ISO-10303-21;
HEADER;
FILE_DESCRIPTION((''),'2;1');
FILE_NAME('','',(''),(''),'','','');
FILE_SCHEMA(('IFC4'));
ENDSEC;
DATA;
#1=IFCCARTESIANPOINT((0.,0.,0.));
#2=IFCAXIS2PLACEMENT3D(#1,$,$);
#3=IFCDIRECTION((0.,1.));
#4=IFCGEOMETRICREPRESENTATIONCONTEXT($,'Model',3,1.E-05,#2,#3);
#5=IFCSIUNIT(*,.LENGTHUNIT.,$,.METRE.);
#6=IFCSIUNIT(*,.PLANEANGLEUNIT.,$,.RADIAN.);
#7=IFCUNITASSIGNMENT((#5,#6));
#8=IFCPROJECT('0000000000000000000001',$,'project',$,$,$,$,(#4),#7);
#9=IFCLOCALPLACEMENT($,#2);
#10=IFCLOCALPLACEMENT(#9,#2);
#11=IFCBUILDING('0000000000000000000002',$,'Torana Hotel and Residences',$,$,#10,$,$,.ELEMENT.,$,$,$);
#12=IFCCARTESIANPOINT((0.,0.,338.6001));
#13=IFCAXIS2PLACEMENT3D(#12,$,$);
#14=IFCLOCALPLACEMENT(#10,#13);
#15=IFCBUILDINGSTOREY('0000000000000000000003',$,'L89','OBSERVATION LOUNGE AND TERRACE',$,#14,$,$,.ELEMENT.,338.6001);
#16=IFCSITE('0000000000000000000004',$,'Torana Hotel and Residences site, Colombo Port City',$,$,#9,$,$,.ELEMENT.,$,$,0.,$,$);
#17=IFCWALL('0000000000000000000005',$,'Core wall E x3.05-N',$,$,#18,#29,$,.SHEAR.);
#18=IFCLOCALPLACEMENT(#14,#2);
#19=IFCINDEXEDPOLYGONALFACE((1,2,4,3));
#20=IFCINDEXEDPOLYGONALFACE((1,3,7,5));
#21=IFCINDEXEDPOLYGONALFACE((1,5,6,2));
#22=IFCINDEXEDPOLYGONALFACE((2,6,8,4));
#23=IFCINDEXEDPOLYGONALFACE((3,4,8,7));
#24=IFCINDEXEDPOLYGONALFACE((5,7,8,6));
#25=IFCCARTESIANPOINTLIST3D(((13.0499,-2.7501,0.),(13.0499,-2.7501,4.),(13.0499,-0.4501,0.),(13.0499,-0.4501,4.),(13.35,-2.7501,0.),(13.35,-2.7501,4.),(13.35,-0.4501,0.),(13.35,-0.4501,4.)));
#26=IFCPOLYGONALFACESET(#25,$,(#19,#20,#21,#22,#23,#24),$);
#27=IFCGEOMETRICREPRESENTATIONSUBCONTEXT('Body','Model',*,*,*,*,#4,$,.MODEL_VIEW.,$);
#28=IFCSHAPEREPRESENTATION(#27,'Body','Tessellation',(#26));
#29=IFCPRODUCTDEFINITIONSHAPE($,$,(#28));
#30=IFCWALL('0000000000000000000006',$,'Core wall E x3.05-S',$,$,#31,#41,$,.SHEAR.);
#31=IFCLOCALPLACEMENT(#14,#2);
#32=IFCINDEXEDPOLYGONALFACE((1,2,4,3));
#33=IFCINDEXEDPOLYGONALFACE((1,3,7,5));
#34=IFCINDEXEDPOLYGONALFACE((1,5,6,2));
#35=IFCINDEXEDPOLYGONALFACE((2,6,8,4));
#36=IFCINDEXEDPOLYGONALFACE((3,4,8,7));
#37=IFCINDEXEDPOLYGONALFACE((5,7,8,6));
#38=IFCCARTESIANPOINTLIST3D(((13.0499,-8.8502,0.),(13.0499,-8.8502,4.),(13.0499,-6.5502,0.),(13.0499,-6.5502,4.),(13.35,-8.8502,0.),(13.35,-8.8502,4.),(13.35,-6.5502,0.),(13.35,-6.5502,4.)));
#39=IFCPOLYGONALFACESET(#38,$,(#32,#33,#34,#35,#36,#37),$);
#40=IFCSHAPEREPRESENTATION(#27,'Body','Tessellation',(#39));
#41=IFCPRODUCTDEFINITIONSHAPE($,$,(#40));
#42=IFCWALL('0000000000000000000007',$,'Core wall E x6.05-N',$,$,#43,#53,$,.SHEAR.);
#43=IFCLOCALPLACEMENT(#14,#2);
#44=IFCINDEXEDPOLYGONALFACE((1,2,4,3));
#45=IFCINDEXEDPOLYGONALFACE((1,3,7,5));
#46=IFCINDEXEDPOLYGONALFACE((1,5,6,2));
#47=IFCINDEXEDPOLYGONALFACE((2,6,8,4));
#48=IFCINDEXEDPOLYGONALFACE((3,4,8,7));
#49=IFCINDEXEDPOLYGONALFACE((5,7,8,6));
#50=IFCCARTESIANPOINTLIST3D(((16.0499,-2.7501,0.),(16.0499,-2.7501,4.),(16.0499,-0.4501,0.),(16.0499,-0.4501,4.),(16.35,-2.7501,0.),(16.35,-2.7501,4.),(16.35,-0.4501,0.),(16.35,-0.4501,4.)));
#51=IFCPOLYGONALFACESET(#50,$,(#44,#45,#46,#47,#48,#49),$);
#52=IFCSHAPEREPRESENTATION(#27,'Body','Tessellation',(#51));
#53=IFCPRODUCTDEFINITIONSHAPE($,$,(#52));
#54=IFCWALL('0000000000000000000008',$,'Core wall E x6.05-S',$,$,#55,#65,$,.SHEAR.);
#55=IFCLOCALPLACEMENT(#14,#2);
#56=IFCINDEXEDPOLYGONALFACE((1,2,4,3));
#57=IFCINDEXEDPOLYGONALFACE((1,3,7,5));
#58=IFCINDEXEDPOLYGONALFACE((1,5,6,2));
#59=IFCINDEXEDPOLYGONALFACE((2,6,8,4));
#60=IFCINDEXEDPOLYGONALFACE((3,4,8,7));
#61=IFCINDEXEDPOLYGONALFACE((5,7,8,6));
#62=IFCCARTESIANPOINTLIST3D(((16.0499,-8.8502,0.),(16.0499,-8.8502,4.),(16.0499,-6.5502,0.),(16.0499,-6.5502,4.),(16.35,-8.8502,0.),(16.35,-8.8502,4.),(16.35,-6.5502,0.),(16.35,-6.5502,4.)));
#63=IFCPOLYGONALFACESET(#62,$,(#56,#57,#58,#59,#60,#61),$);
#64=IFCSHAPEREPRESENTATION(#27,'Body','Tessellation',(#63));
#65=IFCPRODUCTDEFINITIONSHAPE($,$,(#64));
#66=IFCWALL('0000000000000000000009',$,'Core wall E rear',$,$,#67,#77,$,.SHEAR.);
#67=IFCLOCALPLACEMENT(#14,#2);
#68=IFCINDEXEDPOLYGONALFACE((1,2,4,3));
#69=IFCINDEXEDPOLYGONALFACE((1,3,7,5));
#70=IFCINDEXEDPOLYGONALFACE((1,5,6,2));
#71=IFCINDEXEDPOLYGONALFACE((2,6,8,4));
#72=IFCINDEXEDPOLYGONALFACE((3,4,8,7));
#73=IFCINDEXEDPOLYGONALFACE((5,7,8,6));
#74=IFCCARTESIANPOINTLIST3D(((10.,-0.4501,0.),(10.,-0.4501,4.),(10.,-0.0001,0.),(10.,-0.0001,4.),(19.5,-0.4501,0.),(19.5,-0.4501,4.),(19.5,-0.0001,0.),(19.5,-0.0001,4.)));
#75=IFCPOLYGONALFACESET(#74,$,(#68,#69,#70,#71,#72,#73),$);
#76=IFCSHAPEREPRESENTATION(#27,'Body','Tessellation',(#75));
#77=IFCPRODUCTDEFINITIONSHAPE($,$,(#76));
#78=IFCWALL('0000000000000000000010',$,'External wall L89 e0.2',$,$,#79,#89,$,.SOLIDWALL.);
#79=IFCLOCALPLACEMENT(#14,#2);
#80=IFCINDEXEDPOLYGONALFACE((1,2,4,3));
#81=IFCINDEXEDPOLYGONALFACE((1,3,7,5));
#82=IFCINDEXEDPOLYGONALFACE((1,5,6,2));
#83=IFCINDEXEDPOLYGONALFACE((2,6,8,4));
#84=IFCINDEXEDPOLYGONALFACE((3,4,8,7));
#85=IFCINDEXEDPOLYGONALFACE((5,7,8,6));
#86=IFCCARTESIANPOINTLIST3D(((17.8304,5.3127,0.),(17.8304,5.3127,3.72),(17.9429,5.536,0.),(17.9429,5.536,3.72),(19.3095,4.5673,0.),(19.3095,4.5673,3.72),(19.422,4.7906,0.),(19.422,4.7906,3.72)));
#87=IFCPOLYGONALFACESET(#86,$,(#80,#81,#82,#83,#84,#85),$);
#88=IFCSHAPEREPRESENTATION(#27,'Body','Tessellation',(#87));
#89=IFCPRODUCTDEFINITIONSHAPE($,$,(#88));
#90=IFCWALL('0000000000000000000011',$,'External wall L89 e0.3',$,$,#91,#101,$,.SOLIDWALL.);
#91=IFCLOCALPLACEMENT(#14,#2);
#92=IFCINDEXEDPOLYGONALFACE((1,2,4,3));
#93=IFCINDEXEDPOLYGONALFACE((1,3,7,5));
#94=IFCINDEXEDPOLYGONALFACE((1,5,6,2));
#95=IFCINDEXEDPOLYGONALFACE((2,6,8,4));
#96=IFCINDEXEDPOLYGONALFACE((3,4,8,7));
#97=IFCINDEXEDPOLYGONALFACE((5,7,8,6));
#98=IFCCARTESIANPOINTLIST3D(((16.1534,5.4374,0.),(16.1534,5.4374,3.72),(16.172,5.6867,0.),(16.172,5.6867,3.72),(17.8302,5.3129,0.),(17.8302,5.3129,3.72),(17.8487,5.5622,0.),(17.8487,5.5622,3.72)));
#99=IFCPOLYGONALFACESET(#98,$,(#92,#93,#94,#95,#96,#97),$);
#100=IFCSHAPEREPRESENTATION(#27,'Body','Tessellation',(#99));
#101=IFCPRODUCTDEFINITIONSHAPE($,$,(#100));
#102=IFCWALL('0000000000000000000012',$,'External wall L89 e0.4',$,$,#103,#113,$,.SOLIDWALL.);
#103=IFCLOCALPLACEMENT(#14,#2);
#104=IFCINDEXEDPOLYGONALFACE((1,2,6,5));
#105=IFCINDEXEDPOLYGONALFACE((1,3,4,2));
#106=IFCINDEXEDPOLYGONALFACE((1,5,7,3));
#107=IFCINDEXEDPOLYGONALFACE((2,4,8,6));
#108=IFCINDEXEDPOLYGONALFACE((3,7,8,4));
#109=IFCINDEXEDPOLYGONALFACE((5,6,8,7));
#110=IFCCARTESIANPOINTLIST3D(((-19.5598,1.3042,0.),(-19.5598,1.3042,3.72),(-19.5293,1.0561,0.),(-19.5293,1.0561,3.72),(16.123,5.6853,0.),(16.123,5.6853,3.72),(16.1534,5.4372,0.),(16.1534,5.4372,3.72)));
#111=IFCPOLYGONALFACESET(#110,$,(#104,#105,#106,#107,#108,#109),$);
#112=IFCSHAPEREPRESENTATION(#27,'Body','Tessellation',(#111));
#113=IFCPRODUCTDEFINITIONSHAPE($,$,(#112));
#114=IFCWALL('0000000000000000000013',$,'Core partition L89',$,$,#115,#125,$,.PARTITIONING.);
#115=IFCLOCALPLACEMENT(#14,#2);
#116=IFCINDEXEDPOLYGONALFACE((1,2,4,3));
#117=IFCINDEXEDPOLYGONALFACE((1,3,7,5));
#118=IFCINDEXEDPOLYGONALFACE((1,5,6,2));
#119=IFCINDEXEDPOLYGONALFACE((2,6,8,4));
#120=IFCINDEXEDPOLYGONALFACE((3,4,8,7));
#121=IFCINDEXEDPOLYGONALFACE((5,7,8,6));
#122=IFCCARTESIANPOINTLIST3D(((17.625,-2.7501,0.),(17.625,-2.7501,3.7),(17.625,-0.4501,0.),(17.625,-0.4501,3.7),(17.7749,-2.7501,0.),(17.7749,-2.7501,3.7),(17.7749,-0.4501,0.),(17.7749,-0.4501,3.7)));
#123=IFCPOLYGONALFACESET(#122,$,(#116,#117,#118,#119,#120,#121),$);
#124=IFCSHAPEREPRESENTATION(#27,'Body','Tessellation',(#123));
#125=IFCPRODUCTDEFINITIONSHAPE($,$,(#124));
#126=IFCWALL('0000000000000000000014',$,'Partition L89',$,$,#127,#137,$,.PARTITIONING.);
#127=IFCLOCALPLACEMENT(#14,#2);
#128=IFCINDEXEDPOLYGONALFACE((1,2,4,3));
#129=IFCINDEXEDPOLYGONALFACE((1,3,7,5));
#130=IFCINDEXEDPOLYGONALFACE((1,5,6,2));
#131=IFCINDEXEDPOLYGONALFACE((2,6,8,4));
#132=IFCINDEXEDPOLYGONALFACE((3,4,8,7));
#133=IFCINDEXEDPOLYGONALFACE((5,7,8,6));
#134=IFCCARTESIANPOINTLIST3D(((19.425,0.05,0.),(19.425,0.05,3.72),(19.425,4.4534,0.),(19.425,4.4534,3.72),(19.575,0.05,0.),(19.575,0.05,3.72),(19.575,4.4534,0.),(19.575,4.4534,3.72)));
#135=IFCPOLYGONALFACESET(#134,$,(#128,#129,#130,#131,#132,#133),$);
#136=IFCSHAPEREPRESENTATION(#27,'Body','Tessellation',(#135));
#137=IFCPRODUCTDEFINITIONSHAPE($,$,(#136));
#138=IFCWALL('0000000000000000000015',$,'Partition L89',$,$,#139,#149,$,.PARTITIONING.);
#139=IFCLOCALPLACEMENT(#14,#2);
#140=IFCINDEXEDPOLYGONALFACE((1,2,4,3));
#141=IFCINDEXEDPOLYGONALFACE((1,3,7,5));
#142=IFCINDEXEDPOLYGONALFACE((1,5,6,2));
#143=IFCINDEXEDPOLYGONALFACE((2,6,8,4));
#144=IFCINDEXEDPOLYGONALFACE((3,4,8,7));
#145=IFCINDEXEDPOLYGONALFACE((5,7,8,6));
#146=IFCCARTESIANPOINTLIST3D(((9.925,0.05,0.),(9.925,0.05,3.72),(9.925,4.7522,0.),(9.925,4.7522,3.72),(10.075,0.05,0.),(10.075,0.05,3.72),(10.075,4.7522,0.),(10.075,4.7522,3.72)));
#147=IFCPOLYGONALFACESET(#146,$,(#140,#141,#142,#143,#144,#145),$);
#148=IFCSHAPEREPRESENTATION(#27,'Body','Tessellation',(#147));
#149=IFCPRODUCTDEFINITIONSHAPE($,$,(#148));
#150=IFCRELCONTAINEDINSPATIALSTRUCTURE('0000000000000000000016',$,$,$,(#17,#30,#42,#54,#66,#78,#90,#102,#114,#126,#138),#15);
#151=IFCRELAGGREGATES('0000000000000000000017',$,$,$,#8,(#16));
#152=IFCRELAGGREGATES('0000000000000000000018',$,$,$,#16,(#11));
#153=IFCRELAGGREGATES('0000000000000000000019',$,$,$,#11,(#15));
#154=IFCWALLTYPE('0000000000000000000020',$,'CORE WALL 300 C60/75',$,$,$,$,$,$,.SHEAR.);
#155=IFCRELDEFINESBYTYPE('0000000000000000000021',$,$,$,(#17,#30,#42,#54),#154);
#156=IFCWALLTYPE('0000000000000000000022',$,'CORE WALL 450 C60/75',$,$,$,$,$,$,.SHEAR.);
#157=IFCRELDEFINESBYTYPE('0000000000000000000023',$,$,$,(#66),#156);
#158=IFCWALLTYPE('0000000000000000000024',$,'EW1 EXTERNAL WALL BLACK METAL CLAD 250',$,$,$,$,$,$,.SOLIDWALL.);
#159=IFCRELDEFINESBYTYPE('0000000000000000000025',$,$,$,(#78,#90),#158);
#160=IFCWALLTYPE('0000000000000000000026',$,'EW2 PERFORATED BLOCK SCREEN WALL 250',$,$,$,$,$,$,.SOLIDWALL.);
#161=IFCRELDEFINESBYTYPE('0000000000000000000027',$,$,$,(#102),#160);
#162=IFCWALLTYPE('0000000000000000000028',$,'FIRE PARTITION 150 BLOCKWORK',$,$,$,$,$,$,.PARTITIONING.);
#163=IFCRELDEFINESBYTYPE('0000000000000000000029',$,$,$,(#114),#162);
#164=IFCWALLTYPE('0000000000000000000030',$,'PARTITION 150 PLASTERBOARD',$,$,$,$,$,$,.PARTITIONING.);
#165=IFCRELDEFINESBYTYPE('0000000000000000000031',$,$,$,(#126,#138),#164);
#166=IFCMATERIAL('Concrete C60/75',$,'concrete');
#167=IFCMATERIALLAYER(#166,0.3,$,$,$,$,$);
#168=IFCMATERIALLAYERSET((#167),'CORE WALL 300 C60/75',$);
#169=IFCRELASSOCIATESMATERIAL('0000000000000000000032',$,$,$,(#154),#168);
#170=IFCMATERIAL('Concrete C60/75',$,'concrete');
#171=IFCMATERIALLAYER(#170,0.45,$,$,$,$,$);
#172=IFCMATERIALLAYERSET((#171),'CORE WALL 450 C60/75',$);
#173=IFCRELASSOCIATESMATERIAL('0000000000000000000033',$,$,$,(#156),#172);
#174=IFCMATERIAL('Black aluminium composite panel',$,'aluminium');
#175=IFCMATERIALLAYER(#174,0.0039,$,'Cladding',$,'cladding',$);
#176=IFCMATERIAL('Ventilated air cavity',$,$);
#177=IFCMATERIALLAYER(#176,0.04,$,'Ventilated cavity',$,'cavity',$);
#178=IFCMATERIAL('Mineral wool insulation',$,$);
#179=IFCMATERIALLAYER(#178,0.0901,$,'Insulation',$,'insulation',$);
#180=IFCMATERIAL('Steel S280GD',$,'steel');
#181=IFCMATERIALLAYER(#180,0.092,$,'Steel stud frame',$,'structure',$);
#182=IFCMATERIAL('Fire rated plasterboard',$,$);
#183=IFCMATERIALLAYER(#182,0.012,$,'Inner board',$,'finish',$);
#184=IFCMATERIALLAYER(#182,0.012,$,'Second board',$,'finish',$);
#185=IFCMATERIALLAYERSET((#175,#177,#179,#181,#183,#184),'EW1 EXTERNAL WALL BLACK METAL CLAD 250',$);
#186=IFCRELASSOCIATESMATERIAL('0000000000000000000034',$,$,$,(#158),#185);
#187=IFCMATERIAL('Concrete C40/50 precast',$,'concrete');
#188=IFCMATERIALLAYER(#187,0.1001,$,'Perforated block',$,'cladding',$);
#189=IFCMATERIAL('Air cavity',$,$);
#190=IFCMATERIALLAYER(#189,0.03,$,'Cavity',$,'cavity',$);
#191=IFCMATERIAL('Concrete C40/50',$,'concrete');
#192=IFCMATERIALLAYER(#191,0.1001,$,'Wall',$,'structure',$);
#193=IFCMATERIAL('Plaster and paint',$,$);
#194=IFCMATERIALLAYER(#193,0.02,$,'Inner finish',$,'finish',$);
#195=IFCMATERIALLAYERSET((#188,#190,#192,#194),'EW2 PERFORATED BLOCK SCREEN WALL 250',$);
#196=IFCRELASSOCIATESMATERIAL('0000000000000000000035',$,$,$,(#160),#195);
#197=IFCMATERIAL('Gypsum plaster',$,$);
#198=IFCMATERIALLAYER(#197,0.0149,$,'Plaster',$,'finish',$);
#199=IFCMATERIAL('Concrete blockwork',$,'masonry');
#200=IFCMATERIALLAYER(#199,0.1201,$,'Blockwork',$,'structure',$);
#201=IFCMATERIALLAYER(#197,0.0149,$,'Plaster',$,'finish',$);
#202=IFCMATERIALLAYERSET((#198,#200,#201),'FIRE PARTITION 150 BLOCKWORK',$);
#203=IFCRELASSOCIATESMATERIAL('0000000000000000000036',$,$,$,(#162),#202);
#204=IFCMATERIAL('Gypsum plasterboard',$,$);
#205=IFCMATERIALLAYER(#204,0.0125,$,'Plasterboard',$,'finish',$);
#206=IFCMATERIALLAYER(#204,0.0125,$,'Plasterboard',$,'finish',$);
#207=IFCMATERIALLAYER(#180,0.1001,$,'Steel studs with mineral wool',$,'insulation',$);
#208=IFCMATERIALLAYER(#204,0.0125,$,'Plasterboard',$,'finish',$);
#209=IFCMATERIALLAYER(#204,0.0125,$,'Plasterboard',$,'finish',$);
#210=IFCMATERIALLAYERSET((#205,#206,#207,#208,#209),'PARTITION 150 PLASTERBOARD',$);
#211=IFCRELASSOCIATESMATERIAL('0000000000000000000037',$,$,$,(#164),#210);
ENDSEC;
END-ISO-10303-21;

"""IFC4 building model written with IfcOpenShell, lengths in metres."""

from ifc_helpers import new_model, si_unit, direction, frame, frame_2d, origin, place, context, subcontext, project, spatial, rectangle, extrude, material, layer, layer_set, type_object, element, save


model = new_model("IFC4")

# Units and contexts
model_context = context("Model", 3, precision=1e-05, world=origin(), true_north=direction((0.0, 1.0)))
body_context = subcontext(model_context, "Body", "Model", "MODEL_VIEW")
ifc_project = project(units=[si_unit("LENGTHUNIT", "METRE"), si_unit("PLANEANGLEUNIT", "RADIAN")], contexts=[model_context])

# Site, building, storey
site_placement = place(None, origin())
site = spatial("IfcSite", under=ifc_project, at=site_placement, Name="Torana Hotel and Residences site, Colombo Port City", CompositionType="ELEMENT", RefElevation=0.0)
building_placement = place(site_placement, origin())
building = spatial("IfcBuilding", under=site, at=building_placement, Name="Torana Hotel and Residences", CompositionType="ELEMENT")
storey_placement = place(building_placement, frame((0.0, 0.0, 338.6001)))
storey = spatial("IfcBuildingStorey", under=building, at=storey_placement, Name="L89", Description="OBSERVATION LOUNGE AND TERRACE", CompositionType="ELEMENT", Elevation=338.6001)

# Shared definitions
ifc_material_1 = material(Name="Concrete C60/75", Category="concrete")
ifc_layer_1 = layer(ifc_material_1, 0.3)
ifc_layer_set_1 = layer_set([ifc_layer_1], Name="CORE WALL 300 C60/75")
wall_type_1 = type_object("IfcWallType", Name="CORE WALL 300 C60/75", PredefinedType="SHEAR", material=ifc_layer_set_1)

# Walls
for number, where, z_axis, x_axis, name in (
    (1, (13.2, -2.75, 0.0), (0.0, 0.0, 1.0), (0.0, 1.0, 0.0), "Core wall E x3.05-N"),
    (2, (13.2, -8.8501, 0.0), (0.0, 0.0, 1.0), (0.0, 1.0, 0.0), "Core wall E x3.05-S"),
    (3, (16.2, -2.75, 0.0), (0.0, 0.0, 1.0), (0.0, 1.0, 0.0), "Core wall E x6.05-N"),
    (4, (16.2, -8.8501, 0.0), (0.0, 0.0, 1.0), (0.0, 1.0, 0.0), "Core wall E x6.05-S"),
):
    element("IfcWall", number, at=place(storey_placement, frame(where, z_axis=z_axis, x_axis=x_axis)), inside=storey, type_object=wall_type_1, Name=name, PredefinedType="SHEAR", context=body_context, shape_type="SweptSolid", body=[
        extrude(rectangle(XDim=2.3, YDim=0.3, at=frame_2d((1.1499, 0.0))), origin(), (0.0, 0.0, 1.0), 4.0),
    ])
ifc_material_2 = material(Name="Concrete C60/75", Category="concrete")
ifc_layer_2 = layer(ifc_material_2, 0.45)
ifc_layer_set_2 = layer_set([ifc_layer_2], Name="CORE WALL 450 C60/75")
wall_type_2 = type_object("IfcWallType", Name="CORE WALL 450 C60/75", PredefinedType="SHEAR", material=ifc_layer_set_2)
wall_1_placement = place(storey_placement, frame((10.0, -0.2251, 0.0), z_axis=(0.0, 0.0, 1.0), x_axis=(1.0, 0.0, 0.0)))
element("IfcWall", 5, at=wall_1_placement, inside=storey, type_object=wall_type_2, Name="Core wall E rear", PredefinedType="SHEAR", context=body_context, shape_type="SweptSolid", body=[
    extrude(rectangle(XDim=9.5, YDim=0.45, at=frame_2d((4.75, 0.0))), origin(), (0.0, 0.0, 1.0), 4.0),
])
ifc_material_3 = material(Name="Black aluminium composite panel", Category="aluminium")
ifc_layer_3 = layer(ifc_material_3, 0.0039, Name="Cladding", Category="cladding")
ifc_material_4 = material(Name="Ventilated air cavity")
ifc_layer_4 = layer(ifc_material_4, 0.04, Name="Ventilated cavity", Category="cavity")
ifc_material_5 = material(Name="Mineral wool insulation")
ifc_layer_5 = layer(ifc_material_5, 0.0901, Name="Insulation", Category="insulation")
ifc_material_6 = material(Name="Steel S280GD", Category="steel")
ifc_layer_6 = layer(ifc_material_6, 0.092, Name="Steel stud frame", Category="structure")
ifc_material_7 = material(Name="Fire rated plasterboard")
ifc_layer_7 = layer(ifc_material_7, 0.012, Name="Inner board", Category="finish")
ifc_layer_8 = layer(ifc_material_7, 0.012, Name="Second board", Category="finish")
ifc_layer_set_3 = layer_set([ifc_layer_3, ifc_layer_4, ifc_layer_5, ifc_layer_6, ifc_layer_7, ifc_layer_8], Name="EW1 EXTERNAL WALL BLACK METAL CLAD 250")
wall_type_3 = type_object("IfcWallType", Name="EW1 EXTERNAL WALL BLACK METAL CLAD 250", PredefinedType="SOLIDWALL", material=ifc_layer_set_3)
wall_2_placement = place(storey_placement, frame((19.3657, 4.679, 0.0), z_axis=(0.0, 0.0, 1.0), x_axis=(-0.893008, 0.450042, 0.0)))
element("IfcWall", 6, at=wall_2_placement, inside=storey, type_object=wall_type_3, Name="External wall L89 e0.2", PredefinedType="SOLIDWALL", context=body_context, shape_type="SweptSolid", body=[
    extrude(rectangle(XDim=1.6562, YDim=0.25, at=frame_2d((0.8281, 0.0))), origin(), (0.0, 0.0, 1.0), 3.72),
])
wall_3_placement = place(storey_placement, frame((17.8396, 5.4375, 0.0), z_axis=(0.0, 0.0, 1.0), x_axis=(-0.997254, 0.074054, 0.0)))
element("IfcWall", 7, at=wall_3_placement, inside=storey, type_object=wall_type_3, Name="External wall L89 e0.3", PredefinedType="SOLIDWALL", context=body_context, shape_type="SweptSolid", body=[
    extrude(rectangle(XDim=1.6814, YDim=0.25, at=frame_2d((0.8408, 0.0))), origin(), (0.0, 0.0, 1.0), 3.72),
])
ifc_material_8 = material(Name="Concrete C40/50 precast", Category="concrete")
ifc_layer_9 = layer(ifc_material_8, 0.1001, Name="Perforated block", Category="cladding")
ifc_material_9 = material(Name="Air cavity")
ifc_layer_10 = layer(ifc_material_9, 0.03, Name="Cavity", Category="cavity")
ifc_material_10 = material(Name="Concrete C40/50", Category="concrete")
ifc_layer_11 = layer(ifc_material_10, 0.1001, Name="Wall", Category="structure")
ifc_material_11 = material(Name="Plaster and paint")
ifc_layer_12 = layer(ifc_material_11, 0.02, Name="Inner finish", Category="finish")
ifc_layer_set_4 = layer_set([ifc_layer_9, ifc_layer_10, ifc_layer_11, ifc_layer_12], Name="EW2 PERFORATED BLOCK SCREEN WALL 250")
wall_type_4 = type_object("IfcWallType", Name="EW2 PERFORATED BLOCK SCREEN WALL 250", PredefinedType="SOLIDWALL", material=ifc_layer_set_4)
wall_4_placement = place(storey_placement, frame((16.1382, 5.5613, 0.0), z_axis=(0.0, 0.0, 1.0), x_axis=(-0.992547, -0.121865, 0.0)))
element("IfcWall", 8, at=wall_4_placement, inside=storey, type_object=wall_type_4, Name="External wall L89 e0.4", PredefinedType="SOLIDWALL", context=body_context, shape_type="SweptSolid", body=[
    extrude(rectangle(XDim=35.9507, YDim=0.25, at=frame_2d((17.9753, 0.0))), origin(), (0.0, 0.0, 1.0), 3.72),
])
ifc_material_12 = material(Name="Gypsum plaster")
ifc_layer_13 = layer(ifc_material_12, 0.0149, Name="Plaster", Category="finish")
ifc_material_13 = material(Name="Concrete blockwork", Category="masonry")
ifc_layer_14 = layer(ifc_material_13, 0.1201, Name="Blockwork", Category="structure")
ifc_layer_15 = layer(ifc_material_12, 0.0149, Name="Plaster", Category="finish")
ifc_layer_set_5 = layer_set([ifc_layer_13, ifc_layer_14, ifc_layer_15], Name="FIRE PARTITION 150 BLOCKWORK")
wall_type_5 = type_object("IfcWallType", Name="FIRE PARTITION 150 BLOCKWORK", PredefinedType="PARTITIONING", material=ifc_layer_set_5)
wall_5_placement = place(storey_placement, frame((17.7, -2.75, 0.0), z_axis=(0.0, 0.0, 1.0), x_axis=(0.0, 1.0, 0.0)))
element("IfcWall", 9, at=wall_5_placement, inside=storey, type_object=wall_type_5, Name="Core partition L89", PredefinedType="PARTITIONING", context=body_context, shape_type="SweptSolid", body=[
    extrude(rectangle(XDim=2.3, YDim=0.1499, at=frame_2d((1.1499, 0.0))), origin(), (0.0, 0.0, 1.0), 3.7),
])
ifc_material_14 = material(Name="Gypsum plasterboard")
ifc_layer_16 = layer(ifc_material_14, 0.0125, Name="Plasterboard", Category="finish")
ifc_layer_17 = layer(ifc_material_14, 0.0125, Name="Plasterboard", Category="finish")
ifc_layer_18 = layer(ifc_material_6, 0.1001, Name="Steel studs with mineral wool", Category="insulation")
ifc_layer_19 = layer(ifc_material_14, 0.0125, Name="Plasterboard", Category="finish")
ifc_layer_20 = layer(ifc_material_14, 0.0125, Name="Plasterboard", Category="finish")
ifc_layer_set_6 = layer_set([ifc_layer_16, ifc_layer_17, ifc_layer_18, ifc_layer_19, ifc_layer_20], Name="PARTITION 150 PLASTERBOARD")
wall_type_6 = type_object("IfcWallType", Name="PARTITION 150 PLASTERBOARD", PredefinedType="PARTITIONING", material=ifc_layer_set_6)
wall_6_placement = place(storey_placement, frame((19.5, 0.05, 0.0), z_axis=(0.0, 0.0, 1.0), x_axis=(0.0, 1.0, 0.0)))
element("IfcWall", 10, at=wall_6_placement, inside=storey, type_object=wall_type_6, Name="Partition L89", PredefinedType="PARTITIONING", context=body_context, shape_type="SweptSolid", body=[
    extrude(rectangle(XDim=4.4033, YDim=0.1499, at=frame_2d((2.2017, 0.0))), origin(), (0.0, 0.0, 1.0), 3.72),
])
wall_7_placement = place(storey_placement, frame((10.0, 0.05, 0.0), z_axis=(0.0, 0.0, 1.0), x_axis=(0.0, 1.0, 0.0)))
element("IfcWall", 11, at=wall_7_placement, inside=storey, type_object=wall_type_6, Name="Partition L89", PredefinedType="PARTITIONING", context=body_context, shape_type="SweptSolid", body=[
    extrude(rectangle(XDim=4.7021, YDim=0.1499, at=frame_2d((2.3511, 0.0))), origin(), (0.0, 0.0, 1.0), 3.72),
])

save(model, "model.ifc")
